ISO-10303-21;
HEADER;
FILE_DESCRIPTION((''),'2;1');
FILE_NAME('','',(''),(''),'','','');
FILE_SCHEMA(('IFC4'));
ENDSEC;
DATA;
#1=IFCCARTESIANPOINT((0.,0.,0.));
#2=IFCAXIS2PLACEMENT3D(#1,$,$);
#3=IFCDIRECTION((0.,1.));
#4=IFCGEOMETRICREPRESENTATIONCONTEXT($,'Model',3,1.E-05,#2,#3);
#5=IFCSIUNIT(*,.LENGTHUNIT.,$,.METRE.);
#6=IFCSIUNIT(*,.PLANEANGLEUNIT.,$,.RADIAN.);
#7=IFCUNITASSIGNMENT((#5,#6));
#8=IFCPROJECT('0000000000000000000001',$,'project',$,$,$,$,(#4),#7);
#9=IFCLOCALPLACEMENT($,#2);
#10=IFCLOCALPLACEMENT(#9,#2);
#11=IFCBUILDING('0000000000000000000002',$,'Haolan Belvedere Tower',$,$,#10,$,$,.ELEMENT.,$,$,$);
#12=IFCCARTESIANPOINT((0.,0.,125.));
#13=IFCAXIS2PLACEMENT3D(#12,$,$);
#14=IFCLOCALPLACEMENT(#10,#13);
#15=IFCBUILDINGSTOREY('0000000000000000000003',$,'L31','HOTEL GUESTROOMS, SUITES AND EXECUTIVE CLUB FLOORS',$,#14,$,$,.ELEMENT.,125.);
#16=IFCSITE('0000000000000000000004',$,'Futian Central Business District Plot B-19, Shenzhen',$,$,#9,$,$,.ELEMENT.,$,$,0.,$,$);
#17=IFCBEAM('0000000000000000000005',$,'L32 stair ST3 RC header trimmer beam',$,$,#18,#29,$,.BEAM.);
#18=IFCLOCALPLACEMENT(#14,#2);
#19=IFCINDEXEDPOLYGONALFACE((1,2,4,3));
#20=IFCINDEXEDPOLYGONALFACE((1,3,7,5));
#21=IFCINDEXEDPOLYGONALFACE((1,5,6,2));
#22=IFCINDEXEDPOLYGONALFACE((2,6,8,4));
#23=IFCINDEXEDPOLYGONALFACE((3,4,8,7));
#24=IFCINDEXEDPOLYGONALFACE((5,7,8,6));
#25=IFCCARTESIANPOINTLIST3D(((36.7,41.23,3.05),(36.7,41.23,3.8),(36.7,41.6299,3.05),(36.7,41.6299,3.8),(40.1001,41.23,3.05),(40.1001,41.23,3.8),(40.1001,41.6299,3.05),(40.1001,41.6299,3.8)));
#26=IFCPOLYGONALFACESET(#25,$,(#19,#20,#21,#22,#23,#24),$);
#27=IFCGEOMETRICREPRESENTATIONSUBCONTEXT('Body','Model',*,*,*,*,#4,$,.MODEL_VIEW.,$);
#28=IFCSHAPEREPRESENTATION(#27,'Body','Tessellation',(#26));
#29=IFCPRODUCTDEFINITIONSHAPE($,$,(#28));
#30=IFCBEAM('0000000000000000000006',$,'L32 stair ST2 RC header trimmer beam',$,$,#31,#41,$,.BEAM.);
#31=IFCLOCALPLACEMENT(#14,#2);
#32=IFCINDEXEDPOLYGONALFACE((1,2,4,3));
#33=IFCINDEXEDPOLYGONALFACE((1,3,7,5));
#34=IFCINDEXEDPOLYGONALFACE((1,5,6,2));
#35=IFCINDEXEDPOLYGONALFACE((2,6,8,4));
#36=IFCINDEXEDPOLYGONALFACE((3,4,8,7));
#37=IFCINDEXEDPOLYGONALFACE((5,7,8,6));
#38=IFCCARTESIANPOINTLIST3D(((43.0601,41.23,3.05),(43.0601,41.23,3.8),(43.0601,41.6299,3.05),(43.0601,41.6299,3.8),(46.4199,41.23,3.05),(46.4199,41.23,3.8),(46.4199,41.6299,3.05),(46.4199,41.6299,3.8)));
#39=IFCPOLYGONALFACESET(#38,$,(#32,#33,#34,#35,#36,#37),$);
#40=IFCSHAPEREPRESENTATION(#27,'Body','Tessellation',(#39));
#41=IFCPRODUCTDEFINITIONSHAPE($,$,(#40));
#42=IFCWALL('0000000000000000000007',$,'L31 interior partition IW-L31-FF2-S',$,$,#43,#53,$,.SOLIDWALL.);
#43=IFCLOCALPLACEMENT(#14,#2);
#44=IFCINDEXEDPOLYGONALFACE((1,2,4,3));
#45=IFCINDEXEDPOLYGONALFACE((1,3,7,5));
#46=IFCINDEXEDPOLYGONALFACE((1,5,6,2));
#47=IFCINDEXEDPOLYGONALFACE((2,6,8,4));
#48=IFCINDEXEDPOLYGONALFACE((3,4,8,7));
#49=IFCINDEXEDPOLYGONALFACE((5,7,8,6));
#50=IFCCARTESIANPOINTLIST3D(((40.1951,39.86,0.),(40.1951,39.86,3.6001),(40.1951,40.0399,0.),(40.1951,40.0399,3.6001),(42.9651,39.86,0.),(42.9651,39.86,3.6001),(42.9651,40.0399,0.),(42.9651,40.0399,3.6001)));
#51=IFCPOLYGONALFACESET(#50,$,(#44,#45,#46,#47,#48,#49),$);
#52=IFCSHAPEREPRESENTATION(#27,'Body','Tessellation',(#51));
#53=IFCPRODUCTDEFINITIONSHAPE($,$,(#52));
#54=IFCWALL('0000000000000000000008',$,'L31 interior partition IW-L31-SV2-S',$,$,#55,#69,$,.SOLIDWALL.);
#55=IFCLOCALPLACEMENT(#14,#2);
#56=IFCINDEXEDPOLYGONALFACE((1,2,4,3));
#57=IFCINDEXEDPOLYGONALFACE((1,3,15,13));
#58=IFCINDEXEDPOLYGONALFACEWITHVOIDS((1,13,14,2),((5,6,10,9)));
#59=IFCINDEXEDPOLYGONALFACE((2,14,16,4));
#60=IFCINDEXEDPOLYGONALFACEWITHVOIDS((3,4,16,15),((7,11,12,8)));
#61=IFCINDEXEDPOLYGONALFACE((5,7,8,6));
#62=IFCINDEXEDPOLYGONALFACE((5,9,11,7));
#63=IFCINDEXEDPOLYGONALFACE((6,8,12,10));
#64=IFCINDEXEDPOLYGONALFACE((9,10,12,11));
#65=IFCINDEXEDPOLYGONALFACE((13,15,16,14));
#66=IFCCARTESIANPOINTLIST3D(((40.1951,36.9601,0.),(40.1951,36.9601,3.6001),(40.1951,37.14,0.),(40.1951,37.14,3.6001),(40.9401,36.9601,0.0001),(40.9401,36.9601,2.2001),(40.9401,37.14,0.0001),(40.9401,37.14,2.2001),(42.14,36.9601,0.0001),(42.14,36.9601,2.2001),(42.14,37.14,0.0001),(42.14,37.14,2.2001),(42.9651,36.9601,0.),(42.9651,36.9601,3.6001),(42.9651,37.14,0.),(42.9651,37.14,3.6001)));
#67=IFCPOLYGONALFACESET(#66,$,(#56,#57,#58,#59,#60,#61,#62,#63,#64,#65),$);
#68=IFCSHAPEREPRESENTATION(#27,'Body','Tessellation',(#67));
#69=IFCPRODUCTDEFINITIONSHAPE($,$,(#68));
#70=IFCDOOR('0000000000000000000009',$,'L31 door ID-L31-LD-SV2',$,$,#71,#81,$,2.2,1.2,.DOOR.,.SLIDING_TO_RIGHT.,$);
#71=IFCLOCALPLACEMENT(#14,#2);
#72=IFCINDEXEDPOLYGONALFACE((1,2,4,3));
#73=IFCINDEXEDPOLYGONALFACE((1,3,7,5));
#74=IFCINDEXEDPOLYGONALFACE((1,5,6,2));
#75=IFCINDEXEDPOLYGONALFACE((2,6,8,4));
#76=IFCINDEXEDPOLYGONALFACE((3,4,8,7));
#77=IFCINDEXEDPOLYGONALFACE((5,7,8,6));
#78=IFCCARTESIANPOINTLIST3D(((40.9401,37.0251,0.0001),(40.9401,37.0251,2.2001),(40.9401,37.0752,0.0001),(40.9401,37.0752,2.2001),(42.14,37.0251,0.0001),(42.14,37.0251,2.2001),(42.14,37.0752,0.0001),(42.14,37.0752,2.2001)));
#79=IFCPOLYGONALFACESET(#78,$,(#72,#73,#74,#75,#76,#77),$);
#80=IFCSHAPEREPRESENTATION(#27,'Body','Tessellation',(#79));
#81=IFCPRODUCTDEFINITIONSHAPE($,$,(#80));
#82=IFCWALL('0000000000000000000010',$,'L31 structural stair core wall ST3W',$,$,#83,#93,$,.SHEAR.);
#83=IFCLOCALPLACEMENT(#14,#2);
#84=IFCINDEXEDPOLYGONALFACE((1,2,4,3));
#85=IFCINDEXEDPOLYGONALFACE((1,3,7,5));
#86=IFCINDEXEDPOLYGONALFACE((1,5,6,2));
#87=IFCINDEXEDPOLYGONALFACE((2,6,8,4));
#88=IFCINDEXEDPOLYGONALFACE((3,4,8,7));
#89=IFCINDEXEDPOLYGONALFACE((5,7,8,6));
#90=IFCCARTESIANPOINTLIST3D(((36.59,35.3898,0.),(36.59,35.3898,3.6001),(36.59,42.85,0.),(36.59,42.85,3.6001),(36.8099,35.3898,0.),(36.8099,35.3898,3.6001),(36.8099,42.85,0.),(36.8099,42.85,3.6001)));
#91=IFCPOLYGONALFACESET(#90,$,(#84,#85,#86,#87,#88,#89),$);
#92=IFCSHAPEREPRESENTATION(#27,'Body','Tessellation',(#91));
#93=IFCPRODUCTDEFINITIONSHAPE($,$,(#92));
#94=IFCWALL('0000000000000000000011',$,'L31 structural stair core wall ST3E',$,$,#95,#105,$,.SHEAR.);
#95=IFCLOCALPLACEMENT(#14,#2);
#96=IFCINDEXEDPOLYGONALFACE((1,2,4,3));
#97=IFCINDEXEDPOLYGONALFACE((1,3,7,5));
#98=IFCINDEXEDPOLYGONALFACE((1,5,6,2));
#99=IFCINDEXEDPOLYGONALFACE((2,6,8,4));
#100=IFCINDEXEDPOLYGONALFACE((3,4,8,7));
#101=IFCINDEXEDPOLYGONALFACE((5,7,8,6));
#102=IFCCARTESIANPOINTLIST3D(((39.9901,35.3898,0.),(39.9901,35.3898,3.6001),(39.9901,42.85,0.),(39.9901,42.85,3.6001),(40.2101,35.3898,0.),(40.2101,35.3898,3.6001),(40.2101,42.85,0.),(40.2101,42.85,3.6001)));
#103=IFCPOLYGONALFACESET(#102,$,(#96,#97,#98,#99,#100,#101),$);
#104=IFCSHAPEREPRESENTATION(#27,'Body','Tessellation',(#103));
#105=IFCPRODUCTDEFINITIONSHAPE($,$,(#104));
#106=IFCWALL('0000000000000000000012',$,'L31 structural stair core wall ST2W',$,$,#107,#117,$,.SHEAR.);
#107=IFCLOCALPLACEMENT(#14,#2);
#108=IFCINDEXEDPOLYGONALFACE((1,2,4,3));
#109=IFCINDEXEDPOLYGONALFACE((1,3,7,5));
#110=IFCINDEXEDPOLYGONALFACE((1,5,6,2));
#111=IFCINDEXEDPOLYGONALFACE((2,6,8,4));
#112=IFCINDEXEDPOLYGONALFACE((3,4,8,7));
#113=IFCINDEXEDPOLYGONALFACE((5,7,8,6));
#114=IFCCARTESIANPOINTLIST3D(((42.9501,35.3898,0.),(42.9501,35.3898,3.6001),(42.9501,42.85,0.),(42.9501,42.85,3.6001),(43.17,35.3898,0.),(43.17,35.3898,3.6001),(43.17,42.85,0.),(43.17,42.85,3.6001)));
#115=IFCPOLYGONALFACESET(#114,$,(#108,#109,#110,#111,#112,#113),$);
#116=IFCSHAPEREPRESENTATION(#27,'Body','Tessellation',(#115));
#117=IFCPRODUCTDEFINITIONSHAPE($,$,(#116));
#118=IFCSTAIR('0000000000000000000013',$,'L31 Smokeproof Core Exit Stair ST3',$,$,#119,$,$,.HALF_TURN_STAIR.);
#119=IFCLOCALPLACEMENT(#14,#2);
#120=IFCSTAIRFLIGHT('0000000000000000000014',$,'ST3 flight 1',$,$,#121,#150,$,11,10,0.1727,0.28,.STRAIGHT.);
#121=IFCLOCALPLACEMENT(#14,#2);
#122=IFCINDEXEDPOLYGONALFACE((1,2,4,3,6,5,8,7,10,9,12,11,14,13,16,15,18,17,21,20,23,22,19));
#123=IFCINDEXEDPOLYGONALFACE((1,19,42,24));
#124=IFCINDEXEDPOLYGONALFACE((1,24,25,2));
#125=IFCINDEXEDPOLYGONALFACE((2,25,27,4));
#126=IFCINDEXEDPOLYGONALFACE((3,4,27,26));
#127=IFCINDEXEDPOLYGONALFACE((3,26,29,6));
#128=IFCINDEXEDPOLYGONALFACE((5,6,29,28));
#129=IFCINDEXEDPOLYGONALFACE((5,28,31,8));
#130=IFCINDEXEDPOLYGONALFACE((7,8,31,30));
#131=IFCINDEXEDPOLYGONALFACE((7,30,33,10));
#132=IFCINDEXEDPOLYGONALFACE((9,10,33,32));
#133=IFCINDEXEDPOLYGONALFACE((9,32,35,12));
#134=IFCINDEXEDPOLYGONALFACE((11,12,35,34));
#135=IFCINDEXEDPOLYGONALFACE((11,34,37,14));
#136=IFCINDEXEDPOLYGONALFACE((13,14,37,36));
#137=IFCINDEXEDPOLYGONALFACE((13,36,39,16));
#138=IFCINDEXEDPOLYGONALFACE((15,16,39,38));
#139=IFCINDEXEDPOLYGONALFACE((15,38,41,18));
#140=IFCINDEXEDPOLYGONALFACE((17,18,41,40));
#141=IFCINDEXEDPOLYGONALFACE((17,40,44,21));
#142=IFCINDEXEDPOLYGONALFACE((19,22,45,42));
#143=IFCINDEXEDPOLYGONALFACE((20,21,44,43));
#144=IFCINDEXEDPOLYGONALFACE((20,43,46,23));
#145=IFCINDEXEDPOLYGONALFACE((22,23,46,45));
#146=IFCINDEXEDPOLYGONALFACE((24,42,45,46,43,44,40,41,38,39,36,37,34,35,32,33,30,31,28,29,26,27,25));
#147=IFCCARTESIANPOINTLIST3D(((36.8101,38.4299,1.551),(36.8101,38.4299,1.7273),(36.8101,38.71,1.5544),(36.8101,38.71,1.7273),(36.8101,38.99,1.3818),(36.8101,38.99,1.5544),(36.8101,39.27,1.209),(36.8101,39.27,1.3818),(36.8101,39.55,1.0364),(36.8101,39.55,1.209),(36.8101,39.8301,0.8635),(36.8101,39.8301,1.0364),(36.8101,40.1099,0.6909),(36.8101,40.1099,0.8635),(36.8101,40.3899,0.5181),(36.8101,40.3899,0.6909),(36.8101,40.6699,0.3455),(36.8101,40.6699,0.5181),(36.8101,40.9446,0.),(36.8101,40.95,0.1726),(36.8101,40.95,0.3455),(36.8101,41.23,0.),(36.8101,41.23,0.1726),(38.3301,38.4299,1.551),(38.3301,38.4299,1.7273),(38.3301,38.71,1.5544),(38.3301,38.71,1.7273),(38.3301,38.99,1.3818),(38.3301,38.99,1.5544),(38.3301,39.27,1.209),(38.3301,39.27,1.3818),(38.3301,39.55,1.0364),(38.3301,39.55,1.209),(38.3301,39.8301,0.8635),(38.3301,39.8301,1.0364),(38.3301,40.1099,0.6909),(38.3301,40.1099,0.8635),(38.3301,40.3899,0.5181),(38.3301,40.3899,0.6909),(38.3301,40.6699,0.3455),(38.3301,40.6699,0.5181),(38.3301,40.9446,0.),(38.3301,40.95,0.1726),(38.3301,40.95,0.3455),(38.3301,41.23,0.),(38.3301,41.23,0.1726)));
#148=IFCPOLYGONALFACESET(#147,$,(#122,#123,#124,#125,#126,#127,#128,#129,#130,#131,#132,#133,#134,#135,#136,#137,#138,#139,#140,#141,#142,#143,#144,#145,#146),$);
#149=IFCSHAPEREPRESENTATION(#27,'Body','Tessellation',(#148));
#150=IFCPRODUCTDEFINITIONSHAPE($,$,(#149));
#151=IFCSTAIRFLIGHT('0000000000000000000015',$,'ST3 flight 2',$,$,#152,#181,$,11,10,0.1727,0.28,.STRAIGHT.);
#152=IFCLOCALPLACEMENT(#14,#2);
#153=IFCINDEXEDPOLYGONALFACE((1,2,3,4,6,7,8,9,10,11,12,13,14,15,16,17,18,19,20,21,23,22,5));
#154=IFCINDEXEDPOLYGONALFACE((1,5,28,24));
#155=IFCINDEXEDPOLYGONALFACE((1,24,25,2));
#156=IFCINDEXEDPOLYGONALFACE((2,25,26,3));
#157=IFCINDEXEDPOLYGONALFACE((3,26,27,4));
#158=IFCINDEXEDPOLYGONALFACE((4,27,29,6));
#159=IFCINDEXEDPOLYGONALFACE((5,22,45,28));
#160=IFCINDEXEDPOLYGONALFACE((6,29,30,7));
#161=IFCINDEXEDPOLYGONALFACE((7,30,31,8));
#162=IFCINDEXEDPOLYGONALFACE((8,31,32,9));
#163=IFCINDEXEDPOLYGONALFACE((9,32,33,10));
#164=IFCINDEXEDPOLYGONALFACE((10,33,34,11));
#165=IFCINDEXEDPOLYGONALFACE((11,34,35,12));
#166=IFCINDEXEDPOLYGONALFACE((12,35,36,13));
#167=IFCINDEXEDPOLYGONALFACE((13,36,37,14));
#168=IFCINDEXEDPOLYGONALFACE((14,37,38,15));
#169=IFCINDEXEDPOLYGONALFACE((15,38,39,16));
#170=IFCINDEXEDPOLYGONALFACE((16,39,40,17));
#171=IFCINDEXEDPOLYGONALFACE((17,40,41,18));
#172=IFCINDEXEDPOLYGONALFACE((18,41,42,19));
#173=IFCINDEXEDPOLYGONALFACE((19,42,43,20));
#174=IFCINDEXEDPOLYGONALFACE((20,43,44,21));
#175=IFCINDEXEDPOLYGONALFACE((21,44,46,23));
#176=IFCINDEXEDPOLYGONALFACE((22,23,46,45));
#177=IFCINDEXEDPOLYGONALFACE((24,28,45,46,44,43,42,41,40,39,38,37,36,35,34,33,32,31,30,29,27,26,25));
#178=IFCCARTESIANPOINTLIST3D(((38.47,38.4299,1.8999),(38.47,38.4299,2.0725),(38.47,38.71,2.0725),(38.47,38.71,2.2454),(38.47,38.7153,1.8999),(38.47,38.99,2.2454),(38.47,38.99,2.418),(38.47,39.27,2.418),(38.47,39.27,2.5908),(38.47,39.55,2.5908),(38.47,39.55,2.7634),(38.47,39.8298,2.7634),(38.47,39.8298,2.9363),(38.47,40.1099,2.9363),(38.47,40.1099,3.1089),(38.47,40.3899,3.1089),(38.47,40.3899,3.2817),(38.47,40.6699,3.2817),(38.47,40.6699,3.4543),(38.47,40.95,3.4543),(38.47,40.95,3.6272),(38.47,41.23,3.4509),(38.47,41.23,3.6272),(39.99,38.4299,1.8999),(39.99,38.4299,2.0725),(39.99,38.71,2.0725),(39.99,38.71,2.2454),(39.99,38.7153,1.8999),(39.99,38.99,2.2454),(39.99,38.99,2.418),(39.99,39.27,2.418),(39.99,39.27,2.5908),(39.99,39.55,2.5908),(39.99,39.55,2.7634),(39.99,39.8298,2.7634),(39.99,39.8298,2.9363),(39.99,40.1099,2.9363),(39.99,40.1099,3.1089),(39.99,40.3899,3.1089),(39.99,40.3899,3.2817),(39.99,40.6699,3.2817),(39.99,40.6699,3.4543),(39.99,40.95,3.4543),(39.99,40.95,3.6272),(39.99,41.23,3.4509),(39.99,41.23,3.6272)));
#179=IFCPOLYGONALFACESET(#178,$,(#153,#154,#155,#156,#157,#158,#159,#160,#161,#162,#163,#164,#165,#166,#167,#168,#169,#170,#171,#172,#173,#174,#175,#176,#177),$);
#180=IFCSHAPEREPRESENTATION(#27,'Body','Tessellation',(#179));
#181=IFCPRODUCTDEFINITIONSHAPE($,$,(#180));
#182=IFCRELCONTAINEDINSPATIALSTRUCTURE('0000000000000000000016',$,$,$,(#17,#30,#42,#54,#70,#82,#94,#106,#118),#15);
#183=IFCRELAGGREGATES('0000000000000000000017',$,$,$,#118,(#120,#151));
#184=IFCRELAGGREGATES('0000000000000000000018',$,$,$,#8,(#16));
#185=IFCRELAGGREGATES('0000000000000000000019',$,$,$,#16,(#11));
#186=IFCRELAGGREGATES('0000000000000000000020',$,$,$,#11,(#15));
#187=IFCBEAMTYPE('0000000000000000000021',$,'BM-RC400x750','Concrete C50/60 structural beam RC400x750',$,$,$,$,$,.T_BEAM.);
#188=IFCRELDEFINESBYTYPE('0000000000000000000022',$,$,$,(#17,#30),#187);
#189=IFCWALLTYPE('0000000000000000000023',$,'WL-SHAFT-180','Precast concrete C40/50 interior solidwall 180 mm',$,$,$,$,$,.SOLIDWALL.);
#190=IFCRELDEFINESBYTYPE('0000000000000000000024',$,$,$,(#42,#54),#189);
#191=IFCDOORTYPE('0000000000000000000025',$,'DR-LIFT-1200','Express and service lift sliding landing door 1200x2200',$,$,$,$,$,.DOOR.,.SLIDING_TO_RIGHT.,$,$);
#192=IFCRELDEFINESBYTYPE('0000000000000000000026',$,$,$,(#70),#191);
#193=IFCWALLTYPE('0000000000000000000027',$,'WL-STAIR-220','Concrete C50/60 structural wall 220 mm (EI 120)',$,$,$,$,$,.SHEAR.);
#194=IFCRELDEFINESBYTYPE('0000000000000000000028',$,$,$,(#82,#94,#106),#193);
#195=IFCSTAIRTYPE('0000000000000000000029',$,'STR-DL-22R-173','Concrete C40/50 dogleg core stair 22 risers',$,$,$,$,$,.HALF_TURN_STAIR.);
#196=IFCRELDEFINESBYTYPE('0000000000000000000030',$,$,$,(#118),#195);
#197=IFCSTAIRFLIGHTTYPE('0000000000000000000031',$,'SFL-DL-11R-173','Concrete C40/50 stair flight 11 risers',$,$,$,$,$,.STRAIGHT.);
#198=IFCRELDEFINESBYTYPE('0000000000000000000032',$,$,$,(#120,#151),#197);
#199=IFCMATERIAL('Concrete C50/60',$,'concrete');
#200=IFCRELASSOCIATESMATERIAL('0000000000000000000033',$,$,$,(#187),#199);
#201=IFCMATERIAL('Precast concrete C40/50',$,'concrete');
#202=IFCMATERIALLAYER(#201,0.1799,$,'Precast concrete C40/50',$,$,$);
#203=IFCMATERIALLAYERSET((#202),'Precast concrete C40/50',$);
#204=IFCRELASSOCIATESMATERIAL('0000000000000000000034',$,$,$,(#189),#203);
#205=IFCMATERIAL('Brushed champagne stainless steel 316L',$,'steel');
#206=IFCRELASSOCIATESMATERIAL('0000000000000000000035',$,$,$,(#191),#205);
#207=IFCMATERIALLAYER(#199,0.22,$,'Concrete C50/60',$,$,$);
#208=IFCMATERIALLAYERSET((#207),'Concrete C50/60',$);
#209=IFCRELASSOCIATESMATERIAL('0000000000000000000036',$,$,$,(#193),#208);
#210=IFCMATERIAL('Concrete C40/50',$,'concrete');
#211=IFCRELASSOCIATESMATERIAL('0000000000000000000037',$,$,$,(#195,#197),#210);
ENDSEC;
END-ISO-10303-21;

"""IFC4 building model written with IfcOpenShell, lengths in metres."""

from ifc_helpers import new_model, si_unit, direction, frame, frame_2d, origin, origin_2d, place, context, subcontext, project, spatial, polyline, rectangle, outline, extrude, material, layer, layer_set, material_profile, profile_set, type_object, element, fill, aggregate, save


model = new_model("IFC4")

# Units and contexts
model_context = context("Model", 3, precision=1e-05, world=origin(), true_north=direction((0.0, 1.0)))
body_context = subcontext(model_context, "Body", "Model", "MODEL_VIEW")
ifc_project = project(units=[si_unit("LENGTHUNIT", "METRE"), si_unit("PLANEANGLEUNIT", "RADIAN")], contexts=[model_context])

# Site, building, storey
site_placement = place(None, origin())
site = spatial("IfcSite", under=ifc_project, at=site_placement, Name="Futian Central Business District Plot B-19, Shenzhen", CompositionType="ELEMENT", RefElevation=0.0)
building_placement = place(site_placement, origin())
building = spatial("IfcBuilding", under=site, at=building_placement, Name="Haolan Belvedere Tower", CompositionType="ELEMENT")
storey_placement = place(building_placement, frame((0.0, 0.0, 125.0)))
storey = spatial("IfcBuildingStorey", under=building, at=storey_placement, Name="L31", Description="HOTEL GUESTROOMS, SUITES AND EXECUTIVE CLUB FLOORS", CompositionType="ELEMENT", Elevation=125.0)

# Beams
ifc_material_1 = material(Name="Concrete C50/60", Category="concrete")
ifc_material_profile = material_profile(ifc_material_1, rectangle(XDim=0.3999, YDim=0.75, at=origin_2d()), Name="Concrete C50/60")
ifc_profile_set = profile_set([ifc_material_profile], Name="Concrete C50/60")
beam_type = type_object("IfcBeamType", Name="BM-RC400x750", Description="Concrete C50/60 structural beam RC400x750", PredefinedType="T_BEAM", material=ifc_profile_set)
beam_1_placement = place(storey_placement, frame((36.7, 41.4299, 3.425), z_axis=(1.0, 0.0, 0.0), x_axis=(0.0, 1.0, 0.0)))
element("IfcBeam", 1, at=beam_1_placement, inside=storey, type_object=beam_type, Name="L32 stair ST3 RC header trimmer beam", PredefinedType="BEAM", context=body_context, shape_type="SweptSolid", body=[
    extrude(rectangle(XDim=0.3999, YDim=0.75, at=origin_2d()), origin(), (0.0, 0.0, 1.0), 3.4001),
])
beam_2_placement = place(storey_placement, frame((43.0601, 41.4299, 3.425), z_axis=(1.0, 0.0, 0.0), x_axis=(0.0, 1.0, 0.0)))
element("IfcBeam", 2, at=beam_2_placement, inside=storey, type_object=beam_type, Name="L32 stair ST2 RC header trimmer beam", PredefinedType="BEAM", context=body_context, shape_type="SweptSolid", body=[
    extrude(rectangle(XDim=0.3999, YDim=0.75, at=origin_2d()), origin(), (0.0, 0.0, 1.0), 3.3599),
])

# Wall
ifc_material_2 = material(Name="Precast concrete C40/50", Category="concrete")
ifc_layer_1 = layer(ifc_material_2, 0.1799, Name="Precast concrete C40/50")
ifc_layer_set_1 = layer_set([ifc_layer_1], Name="Precast concrete C40/50")
wall_type_1 = type_object("IfcWallType", Name="WL-SHAFT-180", Description="Precast concrete C40/50 interior solidwall 180 mm", PredefinedType="SOLIDWALL", material=ifc_layer_set_1)
wall_1_placement = place(storey_placement, frame((40.1951, 39.95, 0.0), z_axis=(0.0, 0.0, 1.0), x_axis=(1.0, 0.0, 0.0)))
element("IfcWall", 3, at=wall_1_placement, inside=storey, type_object=wall_type_1, Name="L31 interior partition IW-L31-FF2-S", PredefinedType="SOLIDWALL", context=body_context, shape_type="SweptSolid", body=[
    extrude(rectangle(XDim=2.77, YDim=0.1799, at=frame_2d((1.385, 0.0))), origin(), (0.0, 0.0, 1.0), 3.6001),
])

# Wall, opening, door
wall_2_placement = place(storey_placement, frame((40.1951, 37.05, 0.0), z_axis=(0.0, 0.0, 1.0), x_axis=(1.0, 0.0, 0.0)))
wall_2 = element("IfcWall", 4, at=wall_2_placement, inside=storey, type_object=wall_type_1, Name="L31 interior partition IW-L31-SV2-S", PredefinedType="SOLIDWALL", context=body_context, shape_type="SweptSolid", body=[
    extrude(rectangle(XDim=2.77, YDim=0.1799, at=frame_2d((1.385, 0.0))), origin(), (0.0, 0.0, 1.0), 3.6001),
])
opening_placement = place(wall_2_placement, frame((1.9451, 0.0, 0.0), z_axis=(0.0, 0.0, 1.0), x_axis=(-1.0, 0.0, 0.0)))
opening = element("IfcOpeningElement", 5, at=opening_placement, cuts=wall_2, PredefinedType="OPENING", context=body_context, shape_type="SweptSolid", body=[
    extrude(rectangle(XDim=1.2, YDim=2.2, at=frame_2d((0.6001, 1.1001))), frame((0.0, 0.0999, 0.0), z_axis=(0.0, -1.0, 0.0), x_axis=(1.0, 0.0, 0.0)), (0.0, 0.0, 1.0), 0.2),
])
ifc_material_3 = material(Name="Brushed champagne stainless steel 316L", Category="steel")
door_type = type_object("IfcDoorType", Name="DR-LIFT-1200", Description="Express and service lift sliding landing door 1200x2200", OperationType="SLIDING_TO_RIGHT", PredefinedType="DOOR", material=ifc_material_3)
door_placement = place(opening_placement, origin())
door = element("IfcDoor", 6, at=door_placement, inside=storey, type_object=door_type, Name="L31 door ID-L31-LD-SV2", OperationType="SLIDING_TO_RIGHT", OverallHeight=2.2, OverallWidth=1.2, PredefinedType="DOOR", context=body_context, shape_type="SweptSolid", body=[
    extrude(rectangle(XDim=1.2, YDim=2.2, at=frame_2d((0.6001, 1.1001))), frame((0.0, 0.0249, 0.0), z_axis=(0.0, -1.0, 0.0), x_axis=(1.0, 0.0, 0.0)), (0.0, 0.0, 1.0), 0.05),
])
fill(opening, door)

# Walls
ifc_layer_2 = layer(ifc_material_1, 0.22, Name="Concrete C50/60")
ifc_layer_set_2 = layer_set([ifc_layer_2], Name="Concrete C50/60")
wall_type_2 = type_object("IfcWallType", Name="WL-STAIR-220", Description="Concrete C50/60 structural wall 220 mm (EI 120)", PredefinedType="SHEAR", material=ifc_layer_set_2)
for number, where, z_axis, x_axis, name in (
    (7, (36.7, 35.3899, 0.0), (0.0, 0.0, 1.0), (0.0, 1.0, 0.0), "L31 structural stair core wall ST3W"),
    (8, (40.1001, 35.3899, 0.0), (0.0, 0.0, 1.0), (0.0, 1.0, 0.0), "L31 structural stair core wall ST3E"),
    (9, (43.0601, 35.3899, 0.0), (0.0, 0.0, 1.0), (0.0, 1.0, 0.0), "L31 structural stair core wall ST2W"),
):
    element("IfcWall", number, at=place(storey_placement, frame(where, z_axis=z_axis, x_axis=x_axis)), inside=storey, type_object=wall_type_2, Name=name, PredefinedType="SHEAR", context=body_context, shape_type="SweptSolid", body=[
        extrude(rectangle(XDim=7.4602, YDim=0.22, at=frame_2d((3.73, 0.0))), origin(), (0.0, 0.0, 1.0), 3.6001),
    ])

# Stair, stair flights
ifc_material_4 = material(Name="Concrete C40/50", Category="concrete")
stair_type = type_object("IfcStairType", Name="STR-DL-22R-173", Description="Concrete C40/50 dogleg core stair 22 risers", PredefinedType="HALF_TURN_STAIR", material=ifc_material_4)
stair_1_placement = place(storey_placement, origin())
stair_1 = element("IfcStair", 10, at=stair_1_placement, inside=storey, type_object=stair_type, Name="L31 Smokeproof Core Exit Stair ST3", PredefinedType="HALF_TURN_STAIR")
stair_flight_type = type_object("IfcStairFlightType", Name="SFL-DL-11R-173", Description="Concrete C40/50 stair flight 11 risers", PredefinedType="STRAIGHT", material=ifc_material_4)
stair_flight_1_placement = place(storey_placement, frame((37.5701, 41.23, 0.0), z_axis=(0.0, 0.0, 1.0), x_axis=(0.0, -1.0, 0.0)))
stair_flight_1 = element("IfcStairFlight", 11, at=stair_flight_1_placement, type_object=stair_flight_type, Name="ST3 flight 1", NumberOfRisers=11, NumberOfTreads=10, PredefinedType="STRAIGHT", RiserHeight=0.1727, TreadLength=0.28, context=body_context, shape_type="SweptSolid", body=[
    extrude(outline(polyline([(0.0, 0.0), (0.0, 0.1726), (0.28, 0.1726), (0.28, 0.3455), (0.5601, 0.3455), (0.5601, 0.5181), (0.8401, 0.5181), (0.8401, 0.6909), (1.1201, 0.6909), (1.1201, 0.8635), (1.3999, 0.8635), (1.3999, 1.0364), (1.6799, 1.0364), (1.6799, 1.209), (1.96, 1.209), (1.96, 1.3818), (2.24, 1.3818), (2.24, 1.5544), (2.52, 1.5544), (2.52, 1.7273), (2.8, 1.7273), (2.8, 1.8999), (2.8, 1.551), (0.2854, 0.0), (0.0, 0.0)])), frame((0.0, 0.76, 0.0), z_axis=(0.0, -1.0, 0.0), x_axis=(1.0, 0.0, 0.0)), (0.0, 0.0, 1.0), 1.52),
])
stair_flight_2_placement = place(storey_placement, frame((39.23, 38.4299, 1.8999), z_axis=(0.0, 0.0, 1.0), x_axis=(0.0, 1.0, 0.0)))
stair_flight_2 = element("IfcStairFlight", 12, at=stair_flight_2_placement, type_object=stair_flight_type, Name="ST3 flight 2", NumberOfRisers=11, NumberOfTreads=10, PredefinedType="STRAIGHT", RiserHeight=0.1727, TreadLength=0.28, context=body_context, shape_type="SweptSolid", body=[
    extrude(outline(polyline([(0.0, 0.0), (0.0, 0.1726), (0.28, 0.1726), (0.28, 0.3455), (0.5601, 0.3455), (0.5601, 0.5181), (0.8401, 0.5181), (0.8401, 0.6909), (1.1201, 0.6909), (1.1201, 0.8635), (1.3999, 0.8635), (1.3999, 1.0364), (1.6799, 1.0364), (1.6799, 1.209), (1.96, 1.209), (1.96, 1.3818), (2.24, 1.3818), (2.24, 1.5544), (2.52, 1.5544), (2.52, 1.7273), (2.8, 1.7273), (2.8, 1.8999), (2.8, 1.551), (0.2854, 0.0), (0.0, 0.0)])), frame((0.0, 0.76, 0.0), z_axis=(0.0, -1.0, 0.0), x_axis=(1.0, 0.0, 0.0)), (0.0, 0.0, 1.0), 1.52),
])
aggregate(stair_1, [stair_flight_1, stair_flight_2])

save(model, "model.ifc")
